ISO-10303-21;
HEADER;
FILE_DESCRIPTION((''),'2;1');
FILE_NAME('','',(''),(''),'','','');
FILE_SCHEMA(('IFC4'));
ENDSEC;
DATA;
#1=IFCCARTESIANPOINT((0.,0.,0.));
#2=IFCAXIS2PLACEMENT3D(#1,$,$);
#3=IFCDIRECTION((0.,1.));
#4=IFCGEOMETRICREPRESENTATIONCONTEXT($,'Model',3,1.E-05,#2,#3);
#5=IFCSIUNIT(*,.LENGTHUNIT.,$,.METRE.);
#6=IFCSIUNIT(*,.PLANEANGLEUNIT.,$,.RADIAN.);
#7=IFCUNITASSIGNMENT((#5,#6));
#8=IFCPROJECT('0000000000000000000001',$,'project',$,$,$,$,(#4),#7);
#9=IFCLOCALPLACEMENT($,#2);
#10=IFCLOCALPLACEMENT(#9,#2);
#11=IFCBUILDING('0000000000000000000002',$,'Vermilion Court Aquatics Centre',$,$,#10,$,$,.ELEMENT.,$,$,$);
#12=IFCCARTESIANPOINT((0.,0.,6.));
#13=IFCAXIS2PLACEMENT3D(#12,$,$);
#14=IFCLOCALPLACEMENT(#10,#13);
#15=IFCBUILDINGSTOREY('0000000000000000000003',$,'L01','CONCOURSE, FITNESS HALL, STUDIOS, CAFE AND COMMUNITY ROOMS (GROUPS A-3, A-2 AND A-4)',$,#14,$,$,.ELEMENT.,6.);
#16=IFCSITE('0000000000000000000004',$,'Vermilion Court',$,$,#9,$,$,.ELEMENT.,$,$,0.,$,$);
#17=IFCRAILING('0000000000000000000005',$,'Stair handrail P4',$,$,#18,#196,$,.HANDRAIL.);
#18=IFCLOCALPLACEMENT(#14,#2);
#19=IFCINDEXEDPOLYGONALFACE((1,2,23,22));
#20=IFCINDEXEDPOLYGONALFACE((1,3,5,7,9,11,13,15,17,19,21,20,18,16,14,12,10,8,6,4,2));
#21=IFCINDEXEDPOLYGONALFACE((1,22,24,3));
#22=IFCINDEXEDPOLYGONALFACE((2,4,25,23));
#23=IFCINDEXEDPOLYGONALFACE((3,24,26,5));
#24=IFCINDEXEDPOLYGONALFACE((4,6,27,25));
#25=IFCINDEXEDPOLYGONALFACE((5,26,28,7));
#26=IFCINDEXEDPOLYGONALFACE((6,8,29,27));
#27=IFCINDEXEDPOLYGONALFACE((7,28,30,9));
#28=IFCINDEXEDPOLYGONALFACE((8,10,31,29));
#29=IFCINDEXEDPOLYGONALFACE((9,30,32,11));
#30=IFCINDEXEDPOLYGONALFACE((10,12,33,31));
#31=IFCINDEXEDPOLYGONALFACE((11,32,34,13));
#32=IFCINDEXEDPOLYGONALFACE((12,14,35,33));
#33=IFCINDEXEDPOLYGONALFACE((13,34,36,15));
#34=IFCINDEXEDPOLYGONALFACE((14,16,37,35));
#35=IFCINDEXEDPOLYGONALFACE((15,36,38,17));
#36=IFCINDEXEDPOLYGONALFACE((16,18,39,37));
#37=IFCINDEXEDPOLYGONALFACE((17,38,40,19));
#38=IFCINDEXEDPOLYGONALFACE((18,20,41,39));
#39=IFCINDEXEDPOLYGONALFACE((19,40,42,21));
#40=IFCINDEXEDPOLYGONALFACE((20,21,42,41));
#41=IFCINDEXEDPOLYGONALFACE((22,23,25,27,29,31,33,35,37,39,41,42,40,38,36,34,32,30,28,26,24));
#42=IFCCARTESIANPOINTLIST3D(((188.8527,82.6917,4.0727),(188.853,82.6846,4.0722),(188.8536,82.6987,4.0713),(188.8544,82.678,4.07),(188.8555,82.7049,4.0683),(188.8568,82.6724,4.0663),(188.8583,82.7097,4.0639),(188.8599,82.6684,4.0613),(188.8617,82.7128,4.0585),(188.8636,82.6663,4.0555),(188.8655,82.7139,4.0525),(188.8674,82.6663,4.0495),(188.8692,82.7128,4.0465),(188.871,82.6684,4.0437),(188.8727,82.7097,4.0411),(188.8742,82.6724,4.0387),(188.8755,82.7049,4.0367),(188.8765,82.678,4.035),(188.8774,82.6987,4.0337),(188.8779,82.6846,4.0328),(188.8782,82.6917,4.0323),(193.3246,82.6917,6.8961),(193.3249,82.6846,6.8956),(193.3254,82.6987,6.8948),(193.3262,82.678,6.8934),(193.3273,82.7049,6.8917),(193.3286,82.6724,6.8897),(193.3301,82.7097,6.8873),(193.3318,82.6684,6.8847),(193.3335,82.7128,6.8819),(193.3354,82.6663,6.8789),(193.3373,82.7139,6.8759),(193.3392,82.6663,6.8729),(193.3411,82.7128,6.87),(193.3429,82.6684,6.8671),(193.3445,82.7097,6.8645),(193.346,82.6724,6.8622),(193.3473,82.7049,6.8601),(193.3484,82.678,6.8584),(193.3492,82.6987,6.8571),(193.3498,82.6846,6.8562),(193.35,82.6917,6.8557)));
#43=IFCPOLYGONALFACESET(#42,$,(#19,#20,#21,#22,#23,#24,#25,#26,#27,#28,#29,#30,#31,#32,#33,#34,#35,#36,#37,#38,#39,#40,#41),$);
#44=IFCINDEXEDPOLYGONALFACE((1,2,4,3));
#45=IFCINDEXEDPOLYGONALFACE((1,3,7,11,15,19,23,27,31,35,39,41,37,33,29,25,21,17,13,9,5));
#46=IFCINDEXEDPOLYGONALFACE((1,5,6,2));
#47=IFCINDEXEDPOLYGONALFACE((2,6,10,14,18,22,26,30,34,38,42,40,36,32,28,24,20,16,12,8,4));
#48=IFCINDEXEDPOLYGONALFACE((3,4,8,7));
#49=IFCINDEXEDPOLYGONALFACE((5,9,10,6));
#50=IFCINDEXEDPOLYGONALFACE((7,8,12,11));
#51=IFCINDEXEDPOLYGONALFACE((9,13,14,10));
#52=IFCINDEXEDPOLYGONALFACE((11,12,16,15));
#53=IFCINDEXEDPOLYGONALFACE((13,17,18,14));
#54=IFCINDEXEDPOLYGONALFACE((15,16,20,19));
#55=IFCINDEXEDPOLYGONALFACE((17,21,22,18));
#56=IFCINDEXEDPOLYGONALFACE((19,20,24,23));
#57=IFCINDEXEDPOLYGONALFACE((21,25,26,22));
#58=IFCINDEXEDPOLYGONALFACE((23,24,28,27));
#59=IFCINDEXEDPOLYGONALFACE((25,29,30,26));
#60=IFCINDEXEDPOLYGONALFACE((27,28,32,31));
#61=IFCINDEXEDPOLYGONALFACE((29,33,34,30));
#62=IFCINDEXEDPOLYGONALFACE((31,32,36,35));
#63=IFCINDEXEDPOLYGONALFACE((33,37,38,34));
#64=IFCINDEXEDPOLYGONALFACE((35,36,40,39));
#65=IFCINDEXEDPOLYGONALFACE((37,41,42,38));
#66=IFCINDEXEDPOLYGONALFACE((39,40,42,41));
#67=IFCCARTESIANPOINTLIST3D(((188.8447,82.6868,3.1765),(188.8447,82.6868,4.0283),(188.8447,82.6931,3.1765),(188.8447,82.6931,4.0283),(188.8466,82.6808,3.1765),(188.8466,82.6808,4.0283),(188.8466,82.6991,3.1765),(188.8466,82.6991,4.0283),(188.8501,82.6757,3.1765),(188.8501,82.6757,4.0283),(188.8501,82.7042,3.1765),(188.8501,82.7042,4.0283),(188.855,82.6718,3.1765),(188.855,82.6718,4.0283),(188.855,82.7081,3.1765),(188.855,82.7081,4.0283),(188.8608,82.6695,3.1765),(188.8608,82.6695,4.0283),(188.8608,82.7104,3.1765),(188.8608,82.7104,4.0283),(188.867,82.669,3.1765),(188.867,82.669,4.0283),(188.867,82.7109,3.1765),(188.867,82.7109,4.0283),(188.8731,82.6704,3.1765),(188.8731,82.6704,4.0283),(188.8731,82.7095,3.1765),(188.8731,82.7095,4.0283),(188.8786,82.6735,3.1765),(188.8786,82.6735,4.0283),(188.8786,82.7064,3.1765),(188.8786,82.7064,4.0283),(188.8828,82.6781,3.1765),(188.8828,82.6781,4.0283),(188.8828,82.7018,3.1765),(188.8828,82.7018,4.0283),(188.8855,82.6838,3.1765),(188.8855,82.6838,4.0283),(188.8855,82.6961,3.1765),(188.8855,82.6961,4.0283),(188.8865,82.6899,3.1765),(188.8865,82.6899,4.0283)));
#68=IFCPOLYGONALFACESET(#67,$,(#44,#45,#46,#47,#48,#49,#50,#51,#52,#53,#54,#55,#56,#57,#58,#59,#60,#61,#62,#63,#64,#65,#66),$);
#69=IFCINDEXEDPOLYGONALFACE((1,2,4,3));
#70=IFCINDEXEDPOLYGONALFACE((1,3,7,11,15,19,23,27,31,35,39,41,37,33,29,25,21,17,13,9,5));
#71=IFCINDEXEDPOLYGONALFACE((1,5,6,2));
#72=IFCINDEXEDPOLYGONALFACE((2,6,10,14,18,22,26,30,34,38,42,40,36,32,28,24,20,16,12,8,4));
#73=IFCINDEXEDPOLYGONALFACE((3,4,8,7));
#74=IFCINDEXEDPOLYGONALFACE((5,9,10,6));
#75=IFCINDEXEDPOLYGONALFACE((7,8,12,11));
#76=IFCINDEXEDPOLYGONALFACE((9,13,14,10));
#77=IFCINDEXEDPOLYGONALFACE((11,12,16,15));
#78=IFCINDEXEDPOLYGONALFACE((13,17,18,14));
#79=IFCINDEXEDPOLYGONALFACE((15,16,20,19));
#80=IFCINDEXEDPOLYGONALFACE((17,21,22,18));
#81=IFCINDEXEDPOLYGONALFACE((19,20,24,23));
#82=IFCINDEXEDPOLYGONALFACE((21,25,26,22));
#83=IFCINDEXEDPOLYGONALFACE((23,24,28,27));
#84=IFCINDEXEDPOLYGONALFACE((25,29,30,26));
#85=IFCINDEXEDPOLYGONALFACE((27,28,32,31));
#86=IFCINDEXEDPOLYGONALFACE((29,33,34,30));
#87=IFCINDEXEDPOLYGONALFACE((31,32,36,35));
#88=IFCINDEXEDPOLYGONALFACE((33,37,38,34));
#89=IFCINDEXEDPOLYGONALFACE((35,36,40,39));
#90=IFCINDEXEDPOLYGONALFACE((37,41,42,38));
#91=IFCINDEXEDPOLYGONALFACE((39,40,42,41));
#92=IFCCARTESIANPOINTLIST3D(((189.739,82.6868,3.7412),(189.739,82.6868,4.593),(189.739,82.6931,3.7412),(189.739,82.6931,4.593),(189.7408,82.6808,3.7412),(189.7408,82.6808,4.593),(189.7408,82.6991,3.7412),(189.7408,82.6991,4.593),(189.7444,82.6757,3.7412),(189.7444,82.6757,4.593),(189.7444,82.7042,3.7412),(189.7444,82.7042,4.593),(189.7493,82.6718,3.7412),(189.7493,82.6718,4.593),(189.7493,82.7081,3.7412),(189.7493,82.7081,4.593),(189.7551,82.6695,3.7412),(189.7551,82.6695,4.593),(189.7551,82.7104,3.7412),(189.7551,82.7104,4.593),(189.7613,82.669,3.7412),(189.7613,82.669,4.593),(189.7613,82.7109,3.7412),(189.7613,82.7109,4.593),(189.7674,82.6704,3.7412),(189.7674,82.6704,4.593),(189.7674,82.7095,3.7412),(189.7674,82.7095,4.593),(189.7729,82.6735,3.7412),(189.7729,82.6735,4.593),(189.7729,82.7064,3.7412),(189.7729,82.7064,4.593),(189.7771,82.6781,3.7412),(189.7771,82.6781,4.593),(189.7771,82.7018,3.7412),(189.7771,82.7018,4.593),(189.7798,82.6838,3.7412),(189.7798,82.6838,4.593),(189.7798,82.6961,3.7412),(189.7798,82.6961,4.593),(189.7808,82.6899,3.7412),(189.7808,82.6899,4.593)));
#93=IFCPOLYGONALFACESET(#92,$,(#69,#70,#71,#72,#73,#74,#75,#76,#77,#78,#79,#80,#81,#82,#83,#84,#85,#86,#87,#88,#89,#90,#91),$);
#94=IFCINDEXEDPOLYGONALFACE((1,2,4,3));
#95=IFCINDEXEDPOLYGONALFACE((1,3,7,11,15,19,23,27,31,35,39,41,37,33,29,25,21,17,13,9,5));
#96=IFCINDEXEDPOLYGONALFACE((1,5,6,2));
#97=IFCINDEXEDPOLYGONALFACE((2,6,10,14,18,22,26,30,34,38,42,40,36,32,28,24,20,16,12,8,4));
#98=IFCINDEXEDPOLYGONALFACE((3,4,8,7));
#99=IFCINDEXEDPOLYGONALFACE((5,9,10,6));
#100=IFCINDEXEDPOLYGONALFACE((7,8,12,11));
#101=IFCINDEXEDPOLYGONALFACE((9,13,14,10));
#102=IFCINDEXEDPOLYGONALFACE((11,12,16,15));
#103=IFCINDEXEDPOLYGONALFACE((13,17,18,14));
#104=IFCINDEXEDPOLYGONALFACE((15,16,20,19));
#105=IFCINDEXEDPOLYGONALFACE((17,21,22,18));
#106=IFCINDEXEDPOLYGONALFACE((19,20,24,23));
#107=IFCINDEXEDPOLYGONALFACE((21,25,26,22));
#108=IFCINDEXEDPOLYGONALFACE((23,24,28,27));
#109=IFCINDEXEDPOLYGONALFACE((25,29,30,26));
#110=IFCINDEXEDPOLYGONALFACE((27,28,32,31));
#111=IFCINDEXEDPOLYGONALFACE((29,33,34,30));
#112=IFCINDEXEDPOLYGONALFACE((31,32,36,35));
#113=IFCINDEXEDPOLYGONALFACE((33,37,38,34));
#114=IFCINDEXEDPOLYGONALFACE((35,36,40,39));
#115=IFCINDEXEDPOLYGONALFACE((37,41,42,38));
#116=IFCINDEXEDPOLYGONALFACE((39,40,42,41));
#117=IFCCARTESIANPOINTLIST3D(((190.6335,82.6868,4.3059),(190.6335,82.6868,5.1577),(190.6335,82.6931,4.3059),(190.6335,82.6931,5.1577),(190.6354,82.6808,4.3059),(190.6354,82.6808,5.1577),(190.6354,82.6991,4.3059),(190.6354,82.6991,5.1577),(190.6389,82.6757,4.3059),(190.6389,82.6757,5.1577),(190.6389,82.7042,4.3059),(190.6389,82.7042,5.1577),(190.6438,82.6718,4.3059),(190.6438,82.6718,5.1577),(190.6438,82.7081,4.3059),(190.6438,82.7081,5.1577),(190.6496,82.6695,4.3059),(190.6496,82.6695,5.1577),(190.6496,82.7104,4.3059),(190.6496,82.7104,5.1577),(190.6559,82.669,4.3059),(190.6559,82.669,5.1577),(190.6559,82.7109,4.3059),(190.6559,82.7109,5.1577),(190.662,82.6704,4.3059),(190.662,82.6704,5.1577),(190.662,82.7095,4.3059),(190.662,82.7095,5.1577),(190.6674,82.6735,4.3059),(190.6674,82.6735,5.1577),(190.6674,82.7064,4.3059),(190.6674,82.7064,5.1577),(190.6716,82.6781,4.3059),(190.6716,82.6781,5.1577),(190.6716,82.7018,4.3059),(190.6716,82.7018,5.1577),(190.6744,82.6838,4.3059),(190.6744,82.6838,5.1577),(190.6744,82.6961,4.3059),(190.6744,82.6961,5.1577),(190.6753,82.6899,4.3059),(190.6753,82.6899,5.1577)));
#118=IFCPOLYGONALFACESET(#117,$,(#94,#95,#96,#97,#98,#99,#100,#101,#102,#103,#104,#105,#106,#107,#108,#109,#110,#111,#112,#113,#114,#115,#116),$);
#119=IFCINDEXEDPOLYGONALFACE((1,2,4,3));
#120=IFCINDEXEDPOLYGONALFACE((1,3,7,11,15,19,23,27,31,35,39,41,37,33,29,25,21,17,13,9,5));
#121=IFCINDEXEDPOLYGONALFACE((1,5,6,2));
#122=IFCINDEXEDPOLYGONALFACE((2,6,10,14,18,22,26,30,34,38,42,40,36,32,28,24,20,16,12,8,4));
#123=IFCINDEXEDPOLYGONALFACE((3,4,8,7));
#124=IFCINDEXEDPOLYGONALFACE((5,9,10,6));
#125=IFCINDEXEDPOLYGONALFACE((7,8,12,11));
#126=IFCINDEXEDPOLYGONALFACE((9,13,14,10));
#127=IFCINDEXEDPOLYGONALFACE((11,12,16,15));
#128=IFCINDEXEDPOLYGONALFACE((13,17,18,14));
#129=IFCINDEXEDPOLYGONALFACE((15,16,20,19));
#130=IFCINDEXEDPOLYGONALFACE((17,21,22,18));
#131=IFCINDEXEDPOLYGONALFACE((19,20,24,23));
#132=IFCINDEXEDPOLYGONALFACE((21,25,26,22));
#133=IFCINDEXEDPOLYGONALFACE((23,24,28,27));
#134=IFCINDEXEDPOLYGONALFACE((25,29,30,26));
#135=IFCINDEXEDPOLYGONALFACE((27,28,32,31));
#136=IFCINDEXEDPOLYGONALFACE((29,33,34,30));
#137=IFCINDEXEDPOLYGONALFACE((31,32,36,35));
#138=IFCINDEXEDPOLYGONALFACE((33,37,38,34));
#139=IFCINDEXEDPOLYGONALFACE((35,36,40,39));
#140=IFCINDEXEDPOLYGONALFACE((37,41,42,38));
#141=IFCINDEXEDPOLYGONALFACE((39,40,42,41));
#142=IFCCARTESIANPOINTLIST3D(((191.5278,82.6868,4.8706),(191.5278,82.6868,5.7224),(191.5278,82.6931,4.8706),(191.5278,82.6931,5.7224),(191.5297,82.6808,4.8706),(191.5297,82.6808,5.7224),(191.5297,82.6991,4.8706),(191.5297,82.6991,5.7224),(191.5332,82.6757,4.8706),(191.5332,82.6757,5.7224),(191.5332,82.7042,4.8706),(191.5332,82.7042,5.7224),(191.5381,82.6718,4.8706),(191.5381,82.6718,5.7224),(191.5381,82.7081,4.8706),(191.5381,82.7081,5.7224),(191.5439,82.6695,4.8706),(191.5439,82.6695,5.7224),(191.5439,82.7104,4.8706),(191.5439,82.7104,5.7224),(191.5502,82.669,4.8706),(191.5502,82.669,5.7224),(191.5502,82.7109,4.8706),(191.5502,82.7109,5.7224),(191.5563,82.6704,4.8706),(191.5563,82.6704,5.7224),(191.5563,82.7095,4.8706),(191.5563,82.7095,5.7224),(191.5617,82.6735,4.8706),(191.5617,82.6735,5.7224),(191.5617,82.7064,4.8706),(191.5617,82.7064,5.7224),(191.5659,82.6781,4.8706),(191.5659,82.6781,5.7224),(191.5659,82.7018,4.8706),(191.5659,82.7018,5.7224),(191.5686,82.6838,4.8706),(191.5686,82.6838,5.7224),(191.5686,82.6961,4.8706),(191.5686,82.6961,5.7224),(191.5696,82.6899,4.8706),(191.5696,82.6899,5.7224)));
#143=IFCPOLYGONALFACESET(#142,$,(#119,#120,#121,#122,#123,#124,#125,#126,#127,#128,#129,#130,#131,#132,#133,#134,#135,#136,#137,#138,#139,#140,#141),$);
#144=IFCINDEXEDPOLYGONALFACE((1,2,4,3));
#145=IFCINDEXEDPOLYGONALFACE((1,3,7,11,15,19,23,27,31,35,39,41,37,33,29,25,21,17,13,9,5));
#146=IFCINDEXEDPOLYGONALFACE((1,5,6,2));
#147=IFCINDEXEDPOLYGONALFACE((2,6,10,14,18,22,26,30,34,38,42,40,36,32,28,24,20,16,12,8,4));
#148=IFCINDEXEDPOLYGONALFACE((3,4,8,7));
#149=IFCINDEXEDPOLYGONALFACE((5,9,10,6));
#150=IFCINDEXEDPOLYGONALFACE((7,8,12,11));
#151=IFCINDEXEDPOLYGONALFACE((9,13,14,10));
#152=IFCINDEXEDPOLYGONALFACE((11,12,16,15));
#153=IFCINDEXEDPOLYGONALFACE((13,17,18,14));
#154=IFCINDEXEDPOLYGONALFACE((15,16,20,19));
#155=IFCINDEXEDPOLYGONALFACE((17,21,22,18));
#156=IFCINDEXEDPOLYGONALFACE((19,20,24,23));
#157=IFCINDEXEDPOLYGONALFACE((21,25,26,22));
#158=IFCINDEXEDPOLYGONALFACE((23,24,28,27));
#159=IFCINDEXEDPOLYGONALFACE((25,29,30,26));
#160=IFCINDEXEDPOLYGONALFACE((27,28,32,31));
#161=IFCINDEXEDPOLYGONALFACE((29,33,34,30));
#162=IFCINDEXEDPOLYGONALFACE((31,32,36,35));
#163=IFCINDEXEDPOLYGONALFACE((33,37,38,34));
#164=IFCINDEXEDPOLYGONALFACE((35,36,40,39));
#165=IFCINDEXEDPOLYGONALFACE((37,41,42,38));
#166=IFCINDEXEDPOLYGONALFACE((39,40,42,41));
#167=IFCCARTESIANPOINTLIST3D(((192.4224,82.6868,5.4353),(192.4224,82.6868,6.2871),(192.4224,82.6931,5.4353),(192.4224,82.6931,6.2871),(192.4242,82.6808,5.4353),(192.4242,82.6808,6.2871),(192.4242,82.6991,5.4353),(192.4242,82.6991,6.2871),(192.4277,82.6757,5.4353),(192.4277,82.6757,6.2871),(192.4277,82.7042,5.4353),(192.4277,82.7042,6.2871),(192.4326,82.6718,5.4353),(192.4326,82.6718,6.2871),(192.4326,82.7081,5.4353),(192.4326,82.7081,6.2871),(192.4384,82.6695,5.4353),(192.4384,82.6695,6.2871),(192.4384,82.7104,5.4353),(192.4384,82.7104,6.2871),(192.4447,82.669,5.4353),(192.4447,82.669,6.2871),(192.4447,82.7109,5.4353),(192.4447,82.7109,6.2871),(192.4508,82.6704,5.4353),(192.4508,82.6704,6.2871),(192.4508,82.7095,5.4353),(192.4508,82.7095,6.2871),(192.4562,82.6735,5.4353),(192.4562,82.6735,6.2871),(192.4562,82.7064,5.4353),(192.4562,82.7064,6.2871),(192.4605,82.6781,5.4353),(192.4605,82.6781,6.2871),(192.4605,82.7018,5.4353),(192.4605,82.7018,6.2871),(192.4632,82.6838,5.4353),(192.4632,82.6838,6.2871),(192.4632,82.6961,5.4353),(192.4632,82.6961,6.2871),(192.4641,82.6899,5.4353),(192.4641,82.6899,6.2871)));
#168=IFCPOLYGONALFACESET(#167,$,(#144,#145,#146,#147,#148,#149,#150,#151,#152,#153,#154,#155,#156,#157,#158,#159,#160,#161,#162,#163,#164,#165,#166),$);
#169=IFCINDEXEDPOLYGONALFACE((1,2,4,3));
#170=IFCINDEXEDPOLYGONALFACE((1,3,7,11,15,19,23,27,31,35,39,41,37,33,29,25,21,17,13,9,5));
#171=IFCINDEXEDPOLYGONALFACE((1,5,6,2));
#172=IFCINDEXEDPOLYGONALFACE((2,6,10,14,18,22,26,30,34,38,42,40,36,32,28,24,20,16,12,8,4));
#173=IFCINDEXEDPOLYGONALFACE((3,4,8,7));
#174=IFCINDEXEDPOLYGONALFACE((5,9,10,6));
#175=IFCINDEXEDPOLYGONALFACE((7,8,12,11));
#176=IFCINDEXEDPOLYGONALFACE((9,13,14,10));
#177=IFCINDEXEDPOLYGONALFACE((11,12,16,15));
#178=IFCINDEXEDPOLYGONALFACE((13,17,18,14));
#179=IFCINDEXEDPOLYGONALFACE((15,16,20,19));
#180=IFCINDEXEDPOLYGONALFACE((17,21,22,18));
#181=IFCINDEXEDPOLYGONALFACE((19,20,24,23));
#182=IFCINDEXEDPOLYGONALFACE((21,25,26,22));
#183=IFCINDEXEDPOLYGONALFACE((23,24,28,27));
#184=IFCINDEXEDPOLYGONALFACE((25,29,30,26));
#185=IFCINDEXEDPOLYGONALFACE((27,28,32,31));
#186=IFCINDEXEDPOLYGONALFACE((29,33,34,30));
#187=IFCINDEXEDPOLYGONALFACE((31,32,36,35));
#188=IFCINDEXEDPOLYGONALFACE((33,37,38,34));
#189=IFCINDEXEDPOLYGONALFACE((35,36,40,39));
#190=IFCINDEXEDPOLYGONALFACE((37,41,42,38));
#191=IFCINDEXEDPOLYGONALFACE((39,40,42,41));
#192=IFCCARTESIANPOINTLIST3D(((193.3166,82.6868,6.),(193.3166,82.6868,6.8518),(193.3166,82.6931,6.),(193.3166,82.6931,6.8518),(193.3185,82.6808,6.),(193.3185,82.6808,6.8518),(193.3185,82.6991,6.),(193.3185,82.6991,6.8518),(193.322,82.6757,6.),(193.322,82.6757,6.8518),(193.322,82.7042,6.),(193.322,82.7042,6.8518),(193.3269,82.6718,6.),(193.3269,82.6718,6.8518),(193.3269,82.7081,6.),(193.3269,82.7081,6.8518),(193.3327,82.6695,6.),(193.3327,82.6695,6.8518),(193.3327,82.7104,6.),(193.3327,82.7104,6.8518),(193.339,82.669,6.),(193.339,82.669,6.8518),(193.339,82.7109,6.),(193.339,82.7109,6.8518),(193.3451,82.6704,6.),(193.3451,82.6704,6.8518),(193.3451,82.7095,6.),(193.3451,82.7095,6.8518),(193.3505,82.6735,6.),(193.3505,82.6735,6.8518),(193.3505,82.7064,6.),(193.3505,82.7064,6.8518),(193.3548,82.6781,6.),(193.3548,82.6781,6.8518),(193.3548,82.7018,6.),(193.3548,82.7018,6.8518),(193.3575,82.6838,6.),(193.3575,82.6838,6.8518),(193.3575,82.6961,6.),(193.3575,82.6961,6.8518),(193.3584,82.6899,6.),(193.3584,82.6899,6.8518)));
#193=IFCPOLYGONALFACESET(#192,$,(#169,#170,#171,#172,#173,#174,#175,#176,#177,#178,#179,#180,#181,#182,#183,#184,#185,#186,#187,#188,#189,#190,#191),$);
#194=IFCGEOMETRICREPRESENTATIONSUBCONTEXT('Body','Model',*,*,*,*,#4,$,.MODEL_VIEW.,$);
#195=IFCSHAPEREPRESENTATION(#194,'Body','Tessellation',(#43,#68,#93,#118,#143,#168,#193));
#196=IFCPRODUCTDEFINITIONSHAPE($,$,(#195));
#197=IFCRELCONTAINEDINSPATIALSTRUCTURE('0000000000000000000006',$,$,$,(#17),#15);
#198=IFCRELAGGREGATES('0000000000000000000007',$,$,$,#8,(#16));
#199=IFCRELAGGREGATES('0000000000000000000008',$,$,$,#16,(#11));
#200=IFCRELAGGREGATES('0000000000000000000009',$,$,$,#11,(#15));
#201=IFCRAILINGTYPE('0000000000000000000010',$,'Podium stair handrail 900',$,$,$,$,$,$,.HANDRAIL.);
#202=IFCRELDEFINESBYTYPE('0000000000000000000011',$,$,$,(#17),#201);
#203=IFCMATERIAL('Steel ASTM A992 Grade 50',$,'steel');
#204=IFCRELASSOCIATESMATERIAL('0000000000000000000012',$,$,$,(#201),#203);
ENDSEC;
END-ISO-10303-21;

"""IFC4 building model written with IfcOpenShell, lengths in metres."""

from ifc_helpers import new_model, si_unit, direction, frame, origin, origin_2d, place, context, subcontext, project, spatial, circle, extrude, material, type_object, element, save


model = new_model("IFC4")

# Units and contexts
model_context = context("Model", 3, precision=1e-05, world=origin(), true_north=direction((0.0, 1.0)))
body_context = subcontext(model_context, "Body", "Model", "MODEL_VIEW")
ifc_project = project(units=[si_unit("LENGTHUNIT", "METRE"), si_unit("PLANEANGLEUNIT", "RADIAN")], contexts=[model_context])

# Site, building, storey
site_placement = place(None, origin())
site = spatial("IfcSite", under=ifc_project, at=site_placement, Name="Vermilion Court", CompositionType="ELEMENT", RefElevation=0.0)
building_placement = place(site_placement, origin())
building = spatial("IfcBuilding", under=site, at=building_placement, Name="Vermilion Court Aquatics Centre", CompositionType="ELEMENT")
storey_placement = place(building_placement, frame((0.0, 0.0, 6.0)))
storey = spatial("IfcBuildingStorey", under=building, at=storey_placement, Name="L01", Description="CONCOURSE, FITNESS HALL, STUDIOS, CAFE AND COMMUNITY ROOMS (GROUPS A-3, A-2 AND A-4)", CompositionType="ELEMENT", Elevation=6.0)

# Railing
ifc_material_1 = material(Name="Steel ASTM A992 Grade 50", Category="steel")
railing_type_1 = type_object("IfcRailingType", Name="Podium stair handrail 900", PredefinedType="HANDRAIL", material=ifc_material_1)
for number, where, name in (
    (1, (188.8655, 82.6899, 3.1765), "Stair handrail P4"),
):
    element("IfcRailing", number, at=place(storey_placement, frame(where)), inside=storey, type_object=railing_type_1, Name=name, PredefinedType="HANDRAIL", context=body_context, shape_type="SweptSolid", body=[
        extrude(circle(Radius=0.0239, at=origin_2d()), frame((0.0, 0.0, 0.876), z_axis=(0.845565, 0.0, 0.533873), x_axis=(0.0, 1.0, 0.0)), (0.0, 0.0, 1.0), 5.2886),
        extrude(circle(Radius=0.021, at=origin_2d()), origin(), (0.0, 0.0, 1.0), 0.8518),
        extrude(circle(Radius=0.021, at=origin_2d()), frame((0.8943, 0.0, 0.5647)), (0.0, 0.0, 1.0), 0.8518),
        extrude(circle(Radius=0.021, at=origin_2d()), frame((1.7888, 0.0, 1.1294)), (0.0, 0.0, 1.0), 0.8518),
        extrude(circle(Radius=0.021, at=origin_2d()), frame((2.6831, 0.0, 1.6941)), (0.0, 0.0, 1.0), 0.8518),
        extrude(circle(Radius=0.021, at=origin_2d()), frame((3.5776, 0.0, 2.2588)), (0.0, 0.0, 1.0), 0.8518),
        extrude(circle(Radius=0.021, at=origin_2d()), frame((4.4719, 0.0, 2.8235)), (0.0, 0.0, 1.0), 0.8518),
    ])

save(model, "model.ifc")
